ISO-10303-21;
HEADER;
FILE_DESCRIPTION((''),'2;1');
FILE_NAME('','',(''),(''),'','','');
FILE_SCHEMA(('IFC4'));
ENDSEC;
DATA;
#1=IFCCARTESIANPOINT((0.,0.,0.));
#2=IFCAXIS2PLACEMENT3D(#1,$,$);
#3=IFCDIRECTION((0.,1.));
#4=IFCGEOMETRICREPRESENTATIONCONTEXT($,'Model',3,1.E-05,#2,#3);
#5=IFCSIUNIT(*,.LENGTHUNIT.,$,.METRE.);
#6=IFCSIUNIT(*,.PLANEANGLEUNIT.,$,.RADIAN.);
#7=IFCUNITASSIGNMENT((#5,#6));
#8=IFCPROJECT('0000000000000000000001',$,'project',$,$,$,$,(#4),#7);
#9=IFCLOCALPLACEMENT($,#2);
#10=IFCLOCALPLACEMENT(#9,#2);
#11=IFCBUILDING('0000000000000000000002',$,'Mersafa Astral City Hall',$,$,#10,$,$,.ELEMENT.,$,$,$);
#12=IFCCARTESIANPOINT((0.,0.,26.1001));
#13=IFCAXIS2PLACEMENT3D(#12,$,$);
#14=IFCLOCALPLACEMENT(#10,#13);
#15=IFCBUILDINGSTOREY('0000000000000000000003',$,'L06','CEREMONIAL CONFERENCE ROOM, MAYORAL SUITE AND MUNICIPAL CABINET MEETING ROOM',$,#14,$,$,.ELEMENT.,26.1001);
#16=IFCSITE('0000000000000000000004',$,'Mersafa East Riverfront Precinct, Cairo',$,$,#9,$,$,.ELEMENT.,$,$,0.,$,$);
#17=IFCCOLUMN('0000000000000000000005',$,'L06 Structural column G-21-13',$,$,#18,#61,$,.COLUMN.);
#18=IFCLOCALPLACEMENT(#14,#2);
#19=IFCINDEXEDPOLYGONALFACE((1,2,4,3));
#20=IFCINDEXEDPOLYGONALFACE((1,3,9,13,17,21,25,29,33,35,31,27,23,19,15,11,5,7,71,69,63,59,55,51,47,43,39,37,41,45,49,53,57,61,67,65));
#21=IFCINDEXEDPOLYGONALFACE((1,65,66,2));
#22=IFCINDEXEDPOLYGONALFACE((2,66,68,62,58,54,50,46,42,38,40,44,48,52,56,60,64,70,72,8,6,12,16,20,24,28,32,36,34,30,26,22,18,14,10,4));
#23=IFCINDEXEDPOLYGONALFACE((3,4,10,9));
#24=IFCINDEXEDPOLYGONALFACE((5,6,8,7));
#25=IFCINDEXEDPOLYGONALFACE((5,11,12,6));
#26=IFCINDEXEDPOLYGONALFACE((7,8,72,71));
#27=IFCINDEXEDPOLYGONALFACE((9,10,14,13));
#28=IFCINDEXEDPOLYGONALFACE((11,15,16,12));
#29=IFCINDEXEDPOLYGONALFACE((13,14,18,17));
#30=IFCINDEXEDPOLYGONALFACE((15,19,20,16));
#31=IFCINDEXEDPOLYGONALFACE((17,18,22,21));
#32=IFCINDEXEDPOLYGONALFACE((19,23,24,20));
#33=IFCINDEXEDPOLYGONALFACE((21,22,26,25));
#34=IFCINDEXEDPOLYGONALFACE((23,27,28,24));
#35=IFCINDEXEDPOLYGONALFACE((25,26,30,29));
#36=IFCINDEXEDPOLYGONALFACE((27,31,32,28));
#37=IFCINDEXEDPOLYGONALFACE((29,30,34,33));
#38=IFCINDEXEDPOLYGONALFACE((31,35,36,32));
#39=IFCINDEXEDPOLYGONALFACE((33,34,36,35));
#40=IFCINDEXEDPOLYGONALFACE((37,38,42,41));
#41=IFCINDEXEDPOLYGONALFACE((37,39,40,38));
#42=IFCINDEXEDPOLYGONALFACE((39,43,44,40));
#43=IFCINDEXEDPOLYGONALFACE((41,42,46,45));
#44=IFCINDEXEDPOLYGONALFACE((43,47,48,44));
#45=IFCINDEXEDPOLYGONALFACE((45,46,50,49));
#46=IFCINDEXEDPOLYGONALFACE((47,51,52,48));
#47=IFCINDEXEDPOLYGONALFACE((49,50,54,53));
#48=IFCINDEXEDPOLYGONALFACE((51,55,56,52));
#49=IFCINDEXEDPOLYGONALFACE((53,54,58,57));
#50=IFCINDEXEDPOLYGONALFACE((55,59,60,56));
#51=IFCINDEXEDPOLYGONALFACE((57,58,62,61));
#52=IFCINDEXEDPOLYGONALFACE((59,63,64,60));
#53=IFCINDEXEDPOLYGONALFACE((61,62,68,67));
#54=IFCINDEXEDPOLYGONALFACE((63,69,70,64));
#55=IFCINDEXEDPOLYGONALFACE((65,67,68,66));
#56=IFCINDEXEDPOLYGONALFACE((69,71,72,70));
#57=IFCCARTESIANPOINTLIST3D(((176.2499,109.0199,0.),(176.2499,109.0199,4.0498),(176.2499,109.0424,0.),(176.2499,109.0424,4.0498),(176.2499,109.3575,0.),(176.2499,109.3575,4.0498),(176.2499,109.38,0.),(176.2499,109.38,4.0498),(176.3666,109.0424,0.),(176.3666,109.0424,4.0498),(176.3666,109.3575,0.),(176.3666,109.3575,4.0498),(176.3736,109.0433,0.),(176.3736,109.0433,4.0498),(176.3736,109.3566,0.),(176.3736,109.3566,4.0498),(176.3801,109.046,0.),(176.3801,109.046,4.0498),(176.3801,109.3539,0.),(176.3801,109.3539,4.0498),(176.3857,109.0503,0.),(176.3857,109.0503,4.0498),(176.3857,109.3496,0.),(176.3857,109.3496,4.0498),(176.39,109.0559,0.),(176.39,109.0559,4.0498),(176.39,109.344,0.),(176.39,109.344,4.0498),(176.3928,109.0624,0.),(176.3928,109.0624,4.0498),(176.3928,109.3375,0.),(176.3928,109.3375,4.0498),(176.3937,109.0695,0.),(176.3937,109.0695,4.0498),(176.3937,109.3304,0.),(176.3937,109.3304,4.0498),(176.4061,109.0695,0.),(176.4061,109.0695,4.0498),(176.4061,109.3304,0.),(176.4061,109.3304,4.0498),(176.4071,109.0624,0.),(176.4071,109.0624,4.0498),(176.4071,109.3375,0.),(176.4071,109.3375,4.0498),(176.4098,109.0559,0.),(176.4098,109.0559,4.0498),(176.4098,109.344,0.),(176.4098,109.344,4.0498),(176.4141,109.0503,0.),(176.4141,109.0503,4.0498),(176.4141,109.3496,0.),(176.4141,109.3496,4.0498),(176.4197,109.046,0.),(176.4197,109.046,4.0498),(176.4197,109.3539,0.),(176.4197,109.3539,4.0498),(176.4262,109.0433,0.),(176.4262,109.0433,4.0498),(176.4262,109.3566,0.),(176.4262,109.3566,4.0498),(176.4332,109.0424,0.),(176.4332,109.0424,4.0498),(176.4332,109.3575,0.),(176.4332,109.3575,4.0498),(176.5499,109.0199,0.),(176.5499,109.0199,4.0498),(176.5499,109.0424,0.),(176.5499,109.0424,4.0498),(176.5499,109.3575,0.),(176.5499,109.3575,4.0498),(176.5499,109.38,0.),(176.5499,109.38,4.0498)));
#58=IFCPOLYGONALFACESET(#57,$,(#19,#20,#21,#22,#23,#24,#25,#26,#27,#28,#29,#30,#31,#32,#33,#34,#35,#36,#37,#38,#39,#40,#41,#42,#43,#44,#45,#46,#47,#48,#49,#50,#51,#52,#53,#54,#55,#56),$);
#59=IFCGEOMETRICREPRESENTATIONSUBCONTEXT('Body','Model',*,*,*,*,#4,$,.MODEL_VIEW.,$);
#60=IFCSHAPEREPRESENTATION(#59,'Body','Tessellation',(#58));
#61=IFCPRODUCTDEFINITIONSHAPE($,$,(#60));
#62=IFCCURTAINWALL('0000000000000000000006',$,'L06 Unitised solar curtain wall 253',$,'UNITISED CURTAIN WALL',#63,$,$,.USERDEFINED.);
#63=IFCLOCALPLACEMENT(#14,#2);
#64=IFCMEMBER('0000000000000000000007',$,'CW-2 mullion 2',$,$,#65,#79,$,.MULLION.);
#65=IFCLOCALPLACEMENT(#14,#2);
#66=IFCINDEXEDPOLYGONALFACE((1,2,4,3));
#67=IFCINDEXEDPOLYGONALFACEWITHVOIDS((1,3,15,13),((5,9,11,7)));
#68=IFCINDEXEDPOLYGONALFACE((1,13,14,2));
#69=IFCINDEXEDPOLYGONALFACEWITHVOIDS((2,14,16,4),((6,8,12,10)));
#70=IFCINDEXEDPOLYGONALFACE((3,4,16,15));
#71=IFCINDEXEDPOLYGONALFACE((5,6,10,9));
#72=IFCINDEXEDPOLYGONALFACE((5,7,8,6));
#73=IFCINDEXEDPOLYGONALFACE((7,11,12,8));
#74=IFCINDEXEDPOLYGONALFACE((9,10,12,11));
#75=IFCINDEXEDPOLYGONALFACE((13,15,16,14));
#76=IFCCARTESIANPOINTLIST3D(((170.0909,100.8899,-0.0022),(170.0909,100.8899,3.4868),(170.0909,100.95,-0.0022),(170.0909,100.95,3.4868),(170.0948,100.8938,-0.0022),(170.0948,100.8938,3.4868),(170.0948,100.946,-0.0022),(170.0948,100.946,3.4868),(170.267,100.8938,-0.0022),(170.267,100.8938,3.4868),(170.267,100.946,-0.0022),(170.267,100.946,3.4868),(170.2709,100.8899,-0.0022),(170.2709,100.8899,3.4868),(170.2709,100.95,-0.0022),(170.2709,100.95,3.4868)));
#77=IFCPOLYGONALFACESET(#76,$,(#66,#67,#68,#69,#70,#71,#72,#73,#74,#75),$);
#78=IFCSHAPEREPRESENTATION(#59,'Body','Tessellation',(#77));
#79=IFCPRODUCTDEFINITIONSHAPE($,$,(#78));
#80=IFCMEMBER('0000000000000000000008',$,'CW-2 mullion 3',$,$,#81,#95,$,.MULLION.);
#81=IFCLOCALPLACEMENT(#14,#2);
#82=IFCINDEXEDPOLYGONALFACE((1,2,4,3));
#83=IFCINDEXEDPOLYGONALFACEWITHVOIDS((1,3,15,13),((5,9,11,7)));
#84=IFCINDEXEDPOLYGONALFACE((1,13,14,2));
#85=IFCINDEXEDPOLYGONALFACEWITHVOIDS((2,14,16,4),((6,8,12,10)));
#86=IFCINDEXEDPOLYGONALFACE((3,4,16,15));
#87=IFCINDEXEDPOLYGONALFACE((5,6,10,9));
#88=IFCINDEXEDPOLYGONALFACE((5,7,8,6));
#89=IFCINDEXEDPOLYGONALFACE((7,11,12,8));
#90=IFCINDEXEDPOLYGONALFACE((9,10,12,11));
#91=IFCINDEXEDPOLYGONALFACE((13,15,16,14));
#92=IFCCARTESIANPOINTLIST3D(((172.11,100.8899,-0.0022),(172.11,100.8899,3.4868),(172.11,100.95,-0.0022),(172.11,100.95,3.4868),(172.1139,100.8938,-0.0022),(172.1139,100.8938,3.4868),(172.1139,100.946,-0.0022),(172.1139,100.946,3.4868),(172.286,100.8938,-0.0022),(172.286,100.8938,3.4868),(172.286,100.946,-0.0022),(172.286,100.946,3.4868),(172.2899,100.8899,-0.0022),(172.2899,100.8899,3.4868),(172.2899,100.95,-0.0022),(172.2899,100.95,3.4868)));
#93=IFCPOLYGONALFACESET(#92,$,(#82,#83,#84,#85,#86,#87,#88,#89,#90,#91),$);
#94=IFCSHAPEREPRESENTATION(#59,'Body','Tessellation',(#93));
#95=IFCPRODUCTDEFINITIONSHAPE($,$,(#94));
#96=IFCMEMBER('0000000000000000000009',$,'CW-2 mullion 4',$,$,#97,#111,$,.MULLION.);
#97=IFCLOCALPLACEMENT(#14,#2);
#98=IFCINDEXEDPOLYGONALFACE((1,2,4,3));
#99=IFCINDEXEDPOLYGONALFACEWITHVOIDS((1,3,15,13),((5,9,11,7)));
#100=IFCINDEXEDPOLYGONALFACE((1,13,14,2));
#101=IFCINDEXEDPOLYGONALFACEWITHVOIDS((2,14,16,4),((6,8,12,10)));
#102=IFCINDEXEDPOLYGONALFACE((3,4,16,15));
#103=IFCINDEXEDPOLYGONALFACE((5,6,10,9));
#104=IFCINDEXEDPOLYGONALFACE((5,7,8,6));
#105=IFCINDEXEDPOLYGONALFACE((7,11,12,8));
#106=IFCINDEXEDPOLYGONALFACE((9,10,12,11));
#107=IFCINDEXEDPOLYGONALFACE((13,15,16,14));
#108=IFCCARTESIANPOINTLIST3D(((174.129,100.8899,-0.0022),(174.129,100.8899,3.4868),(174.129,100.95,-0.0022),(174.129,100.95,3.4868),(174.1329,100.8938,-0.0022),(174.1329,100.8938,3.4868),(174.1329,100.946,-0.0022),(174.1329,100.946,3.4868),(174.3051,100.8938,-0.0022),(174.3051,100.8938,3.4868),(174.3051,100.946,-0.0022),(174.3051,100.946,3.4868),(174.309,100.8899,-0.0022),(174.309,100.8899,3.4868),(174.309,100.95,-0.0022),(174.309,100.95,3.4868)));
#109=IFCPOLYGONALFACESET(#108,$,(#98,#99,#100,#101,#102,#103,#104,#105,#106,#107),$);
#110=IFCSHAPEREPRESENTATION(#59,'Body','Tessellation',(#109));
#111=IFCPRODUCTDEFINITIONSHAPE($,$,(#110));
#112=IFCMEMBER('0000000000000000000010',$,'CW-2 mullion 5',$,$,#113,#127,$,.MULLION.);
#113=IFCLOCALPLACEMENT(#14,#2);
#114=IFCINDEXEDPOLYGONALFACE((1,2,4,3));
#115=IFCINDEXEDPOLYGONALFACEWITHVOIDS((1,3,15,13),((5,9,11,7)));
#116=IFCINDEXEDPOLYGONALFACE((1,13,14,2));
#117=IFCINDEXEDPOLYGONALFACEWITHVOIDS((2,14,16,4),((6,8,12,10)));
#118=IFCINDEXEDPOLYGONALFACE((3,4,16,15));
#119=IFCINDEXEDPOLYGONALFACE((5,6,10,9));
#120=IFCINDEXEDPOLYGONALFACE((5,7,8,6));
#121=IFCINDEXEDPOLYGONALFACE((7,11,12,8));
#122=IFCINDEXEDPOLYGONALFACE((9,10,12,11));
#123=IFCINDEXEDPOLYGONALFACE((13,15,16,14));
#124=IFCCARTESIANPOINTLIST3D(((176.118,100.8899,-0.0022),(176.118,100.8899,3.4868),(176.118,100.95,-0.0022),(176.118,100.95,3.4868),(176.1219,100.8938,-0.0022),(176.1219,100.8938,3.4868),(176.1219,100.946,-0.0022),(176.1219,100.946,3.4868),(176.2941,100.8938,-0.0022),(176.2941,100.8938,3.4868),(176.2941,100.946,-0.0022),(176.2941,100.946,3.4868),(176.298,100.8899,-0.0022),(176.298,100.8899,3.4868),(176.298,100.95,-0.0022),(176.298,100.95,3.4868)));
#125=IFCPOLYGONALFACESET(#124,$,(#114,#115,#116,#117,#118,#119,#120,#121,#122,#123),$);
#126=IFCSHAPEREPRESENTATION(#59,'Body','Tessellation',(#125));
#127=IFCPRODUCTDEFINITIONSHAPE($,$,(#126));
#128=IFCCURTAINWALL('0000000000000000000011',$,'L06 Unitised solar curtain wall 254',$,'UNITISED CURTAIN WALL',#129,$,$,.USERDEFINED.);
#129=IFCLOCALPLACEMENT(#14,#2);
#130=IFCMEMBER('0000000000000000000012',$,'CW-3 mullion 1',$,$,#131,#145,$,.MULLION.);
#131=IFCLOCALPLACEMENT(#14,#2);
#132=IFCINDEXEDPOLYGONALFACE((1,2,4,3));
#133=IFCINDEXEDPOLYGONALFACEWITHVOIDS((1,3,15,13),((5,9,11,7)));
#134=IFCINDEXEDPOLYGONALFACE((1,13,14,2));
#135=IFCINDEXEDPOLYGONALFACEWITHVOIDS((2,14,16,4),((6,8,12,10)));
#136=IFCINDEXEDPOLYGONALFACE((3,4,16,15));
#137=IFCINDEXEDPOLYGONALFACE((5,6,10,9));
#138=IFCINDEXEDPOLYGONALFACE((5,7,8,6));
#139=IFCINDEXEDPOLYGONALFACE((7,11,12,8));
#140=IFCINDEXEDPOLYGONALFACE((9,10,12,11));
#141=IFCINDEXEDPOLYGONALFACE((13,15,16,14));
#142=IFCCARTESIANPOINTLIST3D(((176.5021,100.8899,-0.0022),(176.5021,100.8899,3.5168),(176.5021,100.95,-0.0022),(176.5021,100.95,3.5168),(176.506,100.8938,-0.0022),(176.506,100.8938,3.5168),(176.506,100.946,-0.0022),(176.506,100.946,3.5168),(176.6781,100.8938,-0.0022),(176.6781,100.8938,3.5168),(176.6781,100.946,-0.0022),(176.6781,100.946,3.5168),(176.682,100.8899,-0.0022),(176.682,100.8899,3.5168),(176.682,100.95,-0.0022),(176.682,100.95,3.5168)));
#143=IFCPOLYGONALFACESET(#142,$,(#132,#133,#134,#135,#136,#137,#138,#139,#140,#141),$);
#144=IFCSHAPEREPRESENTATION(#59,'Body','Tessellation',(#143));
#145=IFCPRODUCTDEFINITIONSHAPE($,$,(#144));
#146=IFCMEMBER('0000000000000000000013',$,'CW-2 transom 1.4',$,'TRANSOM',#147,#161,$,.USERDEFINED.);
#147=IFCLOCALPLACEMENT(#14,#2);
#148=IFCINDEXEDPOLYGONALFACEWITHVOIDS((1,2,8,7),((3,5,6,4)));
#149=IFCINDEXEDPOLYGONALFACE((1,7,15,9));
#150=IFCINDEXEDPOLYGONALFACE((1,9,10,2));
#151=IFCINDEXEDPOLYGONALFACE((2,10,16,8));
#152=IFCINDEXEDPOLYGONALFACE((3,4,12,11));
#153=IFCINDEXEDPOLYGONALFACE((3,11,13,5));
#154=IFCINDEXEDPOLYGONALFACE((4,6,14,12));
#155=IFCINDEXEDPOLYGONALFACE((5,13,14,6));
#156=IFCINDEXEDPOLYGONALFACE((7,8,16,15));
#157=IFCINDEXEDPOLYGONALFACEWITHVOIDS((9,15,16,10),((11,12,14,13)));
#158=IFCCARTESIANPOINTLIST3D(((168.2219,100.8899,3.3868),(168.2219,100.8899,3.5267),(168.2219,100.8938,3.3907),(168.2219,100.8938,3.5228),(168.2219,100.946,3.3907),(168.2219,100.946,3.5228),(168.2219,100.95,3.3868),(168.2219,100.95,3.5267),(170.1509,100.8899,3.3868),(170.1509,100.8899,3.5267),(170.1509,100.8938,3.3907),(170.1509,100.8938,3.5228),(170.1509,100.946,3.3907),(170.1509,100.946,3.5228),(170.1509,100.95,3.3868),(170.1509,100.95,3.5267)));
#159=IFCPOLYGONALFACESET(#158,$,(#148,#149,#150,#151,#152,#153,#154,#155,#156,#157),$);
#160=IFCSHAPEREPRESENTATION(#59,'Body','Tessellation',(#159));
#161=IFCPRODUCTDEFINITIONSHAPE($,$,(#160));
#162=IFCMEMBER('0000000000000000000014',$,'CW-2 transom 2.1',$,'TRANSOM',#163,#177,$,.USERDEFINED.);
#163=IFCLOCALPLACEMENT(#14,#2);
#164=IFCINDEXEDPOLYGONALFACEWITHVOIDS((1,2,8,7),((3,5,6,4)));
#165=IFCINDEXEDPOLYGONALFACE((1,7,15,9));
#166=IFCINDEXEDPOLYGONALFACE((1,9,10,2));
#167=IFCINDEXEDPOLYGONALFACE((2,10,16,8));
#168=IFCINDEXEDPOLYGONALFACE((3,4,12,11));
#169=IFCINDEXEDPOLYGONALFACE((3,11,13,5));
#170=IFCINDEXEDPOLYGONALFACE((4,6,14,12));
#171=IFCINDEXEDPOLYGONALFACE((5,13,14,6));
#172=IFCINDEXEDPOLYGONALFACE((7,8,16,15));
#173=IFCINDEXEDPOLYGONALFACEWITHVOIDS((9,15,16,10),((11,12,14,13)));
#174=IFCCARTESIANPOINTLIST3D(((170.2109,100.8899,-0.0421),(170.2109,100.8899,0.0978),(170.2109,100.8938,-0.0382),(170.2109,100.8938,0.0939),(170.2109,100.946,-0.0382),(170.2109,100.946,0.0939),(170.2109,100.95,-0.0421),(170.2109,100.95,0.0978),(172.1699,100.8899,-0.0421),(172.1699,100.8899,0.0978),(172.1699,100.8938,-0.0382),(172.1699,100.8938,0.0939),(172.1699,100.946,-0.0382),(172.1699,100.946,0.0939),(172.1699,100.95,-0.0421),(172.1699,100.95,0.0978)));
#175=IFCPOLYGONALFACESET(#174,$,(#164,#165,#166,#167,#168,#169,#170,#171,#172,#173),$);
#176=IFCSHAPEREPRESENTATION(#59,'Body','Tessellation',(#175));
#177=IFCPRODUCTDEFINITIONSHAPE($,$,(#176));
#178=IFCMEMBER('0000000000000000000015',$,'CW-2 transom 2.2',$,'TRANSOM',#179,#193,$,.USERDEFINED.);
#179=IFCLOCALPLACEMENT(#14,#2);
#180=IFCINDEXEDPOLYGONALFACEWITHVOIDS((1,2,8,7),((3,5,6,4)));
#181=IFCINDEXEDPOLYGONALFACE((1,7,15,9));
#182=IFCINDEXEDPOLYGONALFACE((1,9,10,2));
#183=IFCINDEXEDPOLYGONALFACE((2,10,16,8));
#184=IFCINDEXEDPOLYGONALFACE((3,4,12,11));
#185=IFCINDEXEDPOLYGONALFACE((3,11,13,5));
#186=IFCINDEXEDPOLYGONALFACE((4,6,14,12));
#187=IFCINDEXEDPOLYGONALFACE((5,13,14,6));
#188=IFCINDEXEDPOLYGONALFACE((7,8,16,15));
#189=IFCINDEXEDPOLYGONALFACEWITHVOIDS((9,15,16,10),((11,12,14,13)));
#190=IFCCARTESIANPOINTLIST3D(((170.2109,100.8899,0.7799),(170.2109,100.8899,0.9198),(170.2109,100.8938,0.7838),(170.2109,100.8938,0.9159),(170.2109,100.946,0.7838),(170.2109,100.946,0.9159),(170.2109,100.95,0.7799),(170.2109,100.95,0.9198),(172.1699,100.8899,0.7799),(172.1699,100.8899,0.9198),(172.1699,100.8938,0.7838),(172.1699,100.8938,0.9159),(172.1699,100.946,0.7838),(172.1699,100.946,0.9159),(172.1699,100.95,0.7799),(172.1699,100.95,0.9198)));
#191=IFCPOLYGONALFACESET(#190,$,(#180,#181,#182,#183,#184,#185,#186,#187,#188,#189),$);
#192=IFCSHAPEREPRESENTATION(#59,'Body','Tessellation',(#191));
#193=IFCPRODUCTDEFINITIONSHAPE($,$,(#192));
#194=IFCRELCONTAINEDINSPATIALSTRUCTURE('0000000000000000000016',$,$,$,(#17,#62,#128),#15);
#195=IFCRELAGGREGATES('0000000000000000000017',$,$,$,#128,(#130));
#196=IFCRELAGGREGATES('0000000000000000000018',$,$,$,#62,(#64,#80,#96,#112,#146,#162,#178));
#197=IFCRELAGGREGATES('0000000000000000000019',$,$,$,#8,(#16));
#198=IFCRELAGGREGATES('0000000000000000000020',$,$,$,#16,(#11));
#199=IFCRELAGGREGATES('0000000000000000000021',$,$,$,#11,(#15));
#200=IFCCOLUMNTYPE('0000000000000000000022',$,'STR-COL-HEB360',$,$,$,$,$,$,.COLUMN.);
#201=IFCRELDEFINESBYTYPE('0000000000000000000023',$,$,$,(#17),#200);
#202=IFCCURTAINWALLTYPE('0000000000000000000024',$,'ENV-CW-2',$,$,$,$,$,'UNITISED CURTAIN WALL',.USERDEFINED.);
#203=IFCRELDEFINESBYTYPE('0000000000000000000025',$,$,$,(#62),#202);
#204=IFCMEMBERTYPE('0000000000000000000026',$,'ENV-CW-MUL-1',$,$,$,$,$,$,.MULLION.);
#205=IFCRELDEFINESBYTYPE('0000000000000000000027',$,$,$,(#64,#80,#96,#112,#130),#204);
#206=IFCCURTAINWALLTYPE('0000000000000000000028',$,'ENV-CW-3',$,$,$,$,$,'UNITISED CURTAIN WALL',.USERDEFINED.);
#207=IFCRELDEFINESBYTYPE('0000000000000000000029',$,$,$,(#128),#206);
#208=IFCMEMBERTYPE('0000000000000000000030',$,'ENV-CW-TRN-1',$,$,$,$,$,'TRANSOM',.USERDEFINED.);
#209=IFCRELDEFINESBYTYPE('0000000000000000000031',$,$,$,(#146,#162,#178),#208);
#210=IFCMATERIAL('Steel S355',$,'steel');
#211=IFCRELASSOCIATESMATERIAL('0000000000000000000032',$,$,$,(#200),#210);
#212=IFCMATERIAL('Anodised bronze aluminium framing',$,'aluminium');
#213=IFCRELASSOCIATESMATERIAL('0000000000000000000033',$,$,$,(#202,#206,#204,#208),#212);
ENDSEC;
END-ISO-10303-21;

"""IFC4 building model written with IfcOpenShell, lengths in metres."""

from ifc_helpers import new_model, si_unit, direction, frame, origin, origin_2d, place, context, subcontext, project, spatial, hollow_rectangle, i_section, extrude, material, material_profile, profile_set, type_object, element, aggregate, save


model = new_model("IFC4")

# Units and contexts
model_context = context("Model", 3, precision=1e-05, world=origin(), true_north=direction((0.0, 1.0)))
body_context = subcontext(model_context, "Body", "Model", "MODEL_VIEW")
ifc_project = project(units=[si_unit("LENGTHUNIT", "METRE"), si_unit("PLANEANGLEUNIT", "RADIAN")], contexts=[model_context])

# Site, building, storey
site_placement = place(None, origin())
site = spatial("IfcSite", under=ifc_project, at=site_placement, Name="Mersafa East Riverfront Precinct, Cairo", CompositionType="ELEMENT", RefElevation=0.0)
building_placement = place(site_placement, origin())
building = spatial("IfcBuilding", under=site, at=building_placement, Name="Mersafa Astral City Hall", CompositionType="ELEMENT")
storey_placement = place(building_placement, frame((0.0, 0.0, 26.1001)))
storey = spatial("IfcBuildingStorey", under=building, at=storey_placement, Name="L06", Description="CEREMONIAL CONFERENCE ROOM, MAYORAL SUITE AND MUNICIPAL CABINET MEETING ROOM", CompositionType="ELEMENT", Elevation=26.1001)

# Column
ifc_material_1 = material(Name="Steel S355", Category="steel")
ifc_material_profile_1 = material_profile(ifc_material_1, i_section(OverallWidth=0.3, OverallDepth=0.3601, WebThickness=0.0125, FlangeThickness=0.0225, FilletRadius=0.0271, at=origin_2d()), Name="HEB 360")
ifc_profile_set_1 = profile_set([ifc_material_profile_1], Name="Steel S355")
column_type = type_object("IfcColumnType", Name="STR-COL-HEB360", PredefinedType="COLUMN", material=ifc_profile_set_1)
column_placement = place(storey_placement, frame((176.3999, 109.2, 0.0), z_axis=(0.0, 0.0, 1.0), x_axis=(1.0, 0.0, 0.0)))
element("IfcColumn", 1, at=column_placement, inside=storey, type_object=column_type, Name="L06 Structural column G-21-13", PredefinedType="COLUMN", context=body_context, shape_type="SweptSolid", body=[
    extrude(i_section(OverallWidth=0.3, OverallDepth=0.3601, WebThickness=0.0125, FlangeThickness=0.0225, FilletRadius=0.0271, at=origin_2d()), origin(), (0.0, 0.0, 1.0), 4.0498),
])

# Curtain wall, members
ifc_material_2 = material(Name="Anodised bronze aluminium framing", Category="aluminium")
curtain_wall_type_1 = type_object("IfcCurtainWallType", Name="ENV-CW-2", ElementType="UNITISED CURTAIN WALL", PredefinedType="USERDEFINED", material=ifc_material_2)
curtain_wall_1_placement = place(storey_placement, origin())
curtain_wall_1 = element("IfcCurtainWall", 2, at=curtain_wall_1_placement, inside=storey, type_object=curtain_wall_type_1, Name="L06 Unitised solar curtain wall 253", ObjectType="UNITISED CURTAIN WALL", PredefinedType="USERDEFINED")
ifc_material_profile_2 = material_profile(ifc_material_2, hollow_rectangle(XDim=0.0601, YDim=0.1799, WallThickness=0.0039, at=origin_2d()), Name="RHS 60x180x4")
ifc_profile_set_2 = profile_set([ifc_material_profile_2], Name="Anodised bronze aluminium framing")
member_type_1 = type_object("IfcMemberType", Name="ENV-CW-MUL-1", PredefinedType="MULLION", material=ifc_profile_set_2)
member_1_placement = place(storey_placement, frame((170.1809, 100.9199, -0.0022), z_axis=(0.0, 0.0, 1.0), x_axis=(0.0, 1.0, 0.0)))
member_1 = element("IfcMember", 3, at=member_1_placement, type_object=member_type_1, Name="CW-2 mullion 2", PredefinedType="MULLION", context=body_context, shape_type="SweptSolid", body=[
    extrude(hollow_rectangle(XDim=0.0601, YDim=0.1799, WallThickness=0.0039, at=origin_2d()), origin(), (0.0, 0.0, 1.0), 3.489),
])
member_2_placement = place(storey_placement, frame((172.2, 100.9199, -0.0022), z_axis=(0.0, 0.0, 1.0), x_axis=(0.0, 1.0, 0.0)))
member_2 = element("IfcMember", 4, at=member_2_placement, type_object=member_type_1, Name="CW-2 mullion 3", PredefinedType="MULLION", context=body_context, shape_type="SweptSolid", body=[
    extrude(hollow_rectangle(XDim=0.0601, YDim=0.1799, WallThickness=0.0039, at=origin_2d()), origin(), (0.0, 0.0, 1.0), 3.489),
])
member_3_placement = place(storey_placement, frame((174.219, 100.9199, -0.0022), z_axis=(0.0, 0.0, 1.0), x_axis=(0.0, 1.0, 0.0)))
member_3 = element("IfcMember", 5, at=member_3_placement, type_object=member_type_1, Name="CW-2 mullion 4", PredefinedType="MULLION", context=body_context, shape_type="SweptSolid", body=[
    extrude(hollow_rectangle(XDim=0.0601, YDim=0.1799, WallThickness=0.0039, at=origin_2d()), origin(), (0.0, 0.0, 1.0), 3.489),
])
member_4_placement = place(storey_placement, frame((176.208, 100.9199, -0.0022), z_axis=(0.0, 0.0, 1.0), x_axis=(0.0, 1.0, 0.0)))
member_4 = element("IfcMember", 6, at=member_4_placement, type_object=member_type_1, Name="CW-2 mullion 5", PredefinedType="MULLION", context=body_context, shape_type="SweptSolid", body=[
    extrude(hollow_rectangle(XDim=0.0601, YDim=0.1799, WallThickness=0.0039, at=origin_2d()), origin(), (0.0, 0.0, 1.0), 3.489),
])

# Curtain wall, member
curtain_wall_type_2 = type_object("IfcCurtainWallType", Name="ENV-CW-3", ElementType="UNITISED CURTAIN WALL", PredefinedType="USERDEFINED", material=ifc_material_2)
curtain_wall_2_placement = place(storey_placement, origin())
curtain_wall_2 = element("IfcCurtainWall", 7, at=curtain_wall_2_placement, inside=storey, type_object=curtain_wall_type_2, Name="L06 Unitised solar curtain wall 254", ObjectType="UNITISED CURTAIN WALL", PredefinedType="USERDEFINED")
member_5_placement = place(storey_placement, frame((176.592, 100.9199, -0.0022), z_axis=(0.0, 0.0, 1.0), x_axis=(0.0, 1.0, 0.0)))
member_5 = element("IfcMember", 8, at=member_5_placement, type_object=member_type_1, Name="CW-3 mullion 1", PredefinedType="MULLION", context=body_context, shape_type="SweptSolid", body=[
    extrude(hollow_rectangle(XDim=0.0601, YDim=0.1799, WallThickness=0.0039, at=origin_2d()), origin(), (0.0, 0.0, 1.0), 3.519),
])

# Members
ifc_material_profile_3 = material_profile(ifc_material_2, hollow_rectangle(XDim=0.0601, YDim=0.1399, WallThickness=0.0039, at=origin_2d()), Name="RHS 60x140x4")
ifc_profile_set_3 = profile_set([ifc_material_profile_3], Name="Anodised bronze aluminium framing")
member_type_2 = type_object("IfcMemberType", Name="ENV-CW-TRN-1", ElementType="TRANSOM", PredefinedType="USERDEFINED", material=ifc_profile_set_3)
member_6_placement = place(storey_placement, frame((168.2219, 100.9199, 3.4568), z_axis=(1.0, 0.0, 0.0), x_axis=(0.0, 1.0, 0.0)))
member_6 = element("IfcMember", 9, at=member_6_placement, type_object=member_type_2, Name="CW-2 transom 1.4", ObjectType="TRANSOM", PredefinedType="USERDEFINED", context=body_context, shape_type="SweptSolid", body=[
    extrude(hollow_rectangle(XDim=0.0601, YDim=0.1399, WallThickness=0.0039, at=origin_2d()), origin(), (0.0, 0.0, 1.0), 1.929),
])
member_7_placement = place(storey_placement, frame((170.2109, 100.9199, 0.0278), z_axis=(1.0, 0.0, 0.0), x_axis=(0.0, 1.0, 0.0)))
member_7 = element("IfcMember", 10, at=member_7_placement, type_object=member_type_2, Name="CW-2 transom 2.1", ObjectType="TRANSOM", PredefinedType="USERDEFINED", context=body_context, shape_type="SweptSolid", body=[
    extrude(hollow_rectangle(XDim=0.0601, YDim=0.1399, WallThickness=0.0039, at=origin_2d()), origin(), (0.0, 0.0, 1.0), 1.959),
])
member_8_placement = place(storey_placement, frame((170.2109, 100.9199, 0.8499), z_axis=(1.0, 0.0, 0.0), x_axis=(0.0, 1.0, 0.0)))
member_8 = element("IfcMember", 11, at=member_8_placement, type_object=member_type_2, Name="CW-2 transom 2.2", ObjectType="TRANSOM", PredefinedType="USERDEFINED", context=body_context, shape_type="SweptSolid", body=[
    extrude(hollow_rectangle(XDim=0.0601, YDim=0.1399, WallThickness=0.0039, at=origin_2d()), origin(), (0.0, 0.0, 1.0), 1.959),
])
aggregate(curtain_wall_2, [member_5])

aggregate(curtain_wall_1, [member_1, member_2, member_3, member_4, member_6, member_7, member_8])

save(model, "model.ifc")
